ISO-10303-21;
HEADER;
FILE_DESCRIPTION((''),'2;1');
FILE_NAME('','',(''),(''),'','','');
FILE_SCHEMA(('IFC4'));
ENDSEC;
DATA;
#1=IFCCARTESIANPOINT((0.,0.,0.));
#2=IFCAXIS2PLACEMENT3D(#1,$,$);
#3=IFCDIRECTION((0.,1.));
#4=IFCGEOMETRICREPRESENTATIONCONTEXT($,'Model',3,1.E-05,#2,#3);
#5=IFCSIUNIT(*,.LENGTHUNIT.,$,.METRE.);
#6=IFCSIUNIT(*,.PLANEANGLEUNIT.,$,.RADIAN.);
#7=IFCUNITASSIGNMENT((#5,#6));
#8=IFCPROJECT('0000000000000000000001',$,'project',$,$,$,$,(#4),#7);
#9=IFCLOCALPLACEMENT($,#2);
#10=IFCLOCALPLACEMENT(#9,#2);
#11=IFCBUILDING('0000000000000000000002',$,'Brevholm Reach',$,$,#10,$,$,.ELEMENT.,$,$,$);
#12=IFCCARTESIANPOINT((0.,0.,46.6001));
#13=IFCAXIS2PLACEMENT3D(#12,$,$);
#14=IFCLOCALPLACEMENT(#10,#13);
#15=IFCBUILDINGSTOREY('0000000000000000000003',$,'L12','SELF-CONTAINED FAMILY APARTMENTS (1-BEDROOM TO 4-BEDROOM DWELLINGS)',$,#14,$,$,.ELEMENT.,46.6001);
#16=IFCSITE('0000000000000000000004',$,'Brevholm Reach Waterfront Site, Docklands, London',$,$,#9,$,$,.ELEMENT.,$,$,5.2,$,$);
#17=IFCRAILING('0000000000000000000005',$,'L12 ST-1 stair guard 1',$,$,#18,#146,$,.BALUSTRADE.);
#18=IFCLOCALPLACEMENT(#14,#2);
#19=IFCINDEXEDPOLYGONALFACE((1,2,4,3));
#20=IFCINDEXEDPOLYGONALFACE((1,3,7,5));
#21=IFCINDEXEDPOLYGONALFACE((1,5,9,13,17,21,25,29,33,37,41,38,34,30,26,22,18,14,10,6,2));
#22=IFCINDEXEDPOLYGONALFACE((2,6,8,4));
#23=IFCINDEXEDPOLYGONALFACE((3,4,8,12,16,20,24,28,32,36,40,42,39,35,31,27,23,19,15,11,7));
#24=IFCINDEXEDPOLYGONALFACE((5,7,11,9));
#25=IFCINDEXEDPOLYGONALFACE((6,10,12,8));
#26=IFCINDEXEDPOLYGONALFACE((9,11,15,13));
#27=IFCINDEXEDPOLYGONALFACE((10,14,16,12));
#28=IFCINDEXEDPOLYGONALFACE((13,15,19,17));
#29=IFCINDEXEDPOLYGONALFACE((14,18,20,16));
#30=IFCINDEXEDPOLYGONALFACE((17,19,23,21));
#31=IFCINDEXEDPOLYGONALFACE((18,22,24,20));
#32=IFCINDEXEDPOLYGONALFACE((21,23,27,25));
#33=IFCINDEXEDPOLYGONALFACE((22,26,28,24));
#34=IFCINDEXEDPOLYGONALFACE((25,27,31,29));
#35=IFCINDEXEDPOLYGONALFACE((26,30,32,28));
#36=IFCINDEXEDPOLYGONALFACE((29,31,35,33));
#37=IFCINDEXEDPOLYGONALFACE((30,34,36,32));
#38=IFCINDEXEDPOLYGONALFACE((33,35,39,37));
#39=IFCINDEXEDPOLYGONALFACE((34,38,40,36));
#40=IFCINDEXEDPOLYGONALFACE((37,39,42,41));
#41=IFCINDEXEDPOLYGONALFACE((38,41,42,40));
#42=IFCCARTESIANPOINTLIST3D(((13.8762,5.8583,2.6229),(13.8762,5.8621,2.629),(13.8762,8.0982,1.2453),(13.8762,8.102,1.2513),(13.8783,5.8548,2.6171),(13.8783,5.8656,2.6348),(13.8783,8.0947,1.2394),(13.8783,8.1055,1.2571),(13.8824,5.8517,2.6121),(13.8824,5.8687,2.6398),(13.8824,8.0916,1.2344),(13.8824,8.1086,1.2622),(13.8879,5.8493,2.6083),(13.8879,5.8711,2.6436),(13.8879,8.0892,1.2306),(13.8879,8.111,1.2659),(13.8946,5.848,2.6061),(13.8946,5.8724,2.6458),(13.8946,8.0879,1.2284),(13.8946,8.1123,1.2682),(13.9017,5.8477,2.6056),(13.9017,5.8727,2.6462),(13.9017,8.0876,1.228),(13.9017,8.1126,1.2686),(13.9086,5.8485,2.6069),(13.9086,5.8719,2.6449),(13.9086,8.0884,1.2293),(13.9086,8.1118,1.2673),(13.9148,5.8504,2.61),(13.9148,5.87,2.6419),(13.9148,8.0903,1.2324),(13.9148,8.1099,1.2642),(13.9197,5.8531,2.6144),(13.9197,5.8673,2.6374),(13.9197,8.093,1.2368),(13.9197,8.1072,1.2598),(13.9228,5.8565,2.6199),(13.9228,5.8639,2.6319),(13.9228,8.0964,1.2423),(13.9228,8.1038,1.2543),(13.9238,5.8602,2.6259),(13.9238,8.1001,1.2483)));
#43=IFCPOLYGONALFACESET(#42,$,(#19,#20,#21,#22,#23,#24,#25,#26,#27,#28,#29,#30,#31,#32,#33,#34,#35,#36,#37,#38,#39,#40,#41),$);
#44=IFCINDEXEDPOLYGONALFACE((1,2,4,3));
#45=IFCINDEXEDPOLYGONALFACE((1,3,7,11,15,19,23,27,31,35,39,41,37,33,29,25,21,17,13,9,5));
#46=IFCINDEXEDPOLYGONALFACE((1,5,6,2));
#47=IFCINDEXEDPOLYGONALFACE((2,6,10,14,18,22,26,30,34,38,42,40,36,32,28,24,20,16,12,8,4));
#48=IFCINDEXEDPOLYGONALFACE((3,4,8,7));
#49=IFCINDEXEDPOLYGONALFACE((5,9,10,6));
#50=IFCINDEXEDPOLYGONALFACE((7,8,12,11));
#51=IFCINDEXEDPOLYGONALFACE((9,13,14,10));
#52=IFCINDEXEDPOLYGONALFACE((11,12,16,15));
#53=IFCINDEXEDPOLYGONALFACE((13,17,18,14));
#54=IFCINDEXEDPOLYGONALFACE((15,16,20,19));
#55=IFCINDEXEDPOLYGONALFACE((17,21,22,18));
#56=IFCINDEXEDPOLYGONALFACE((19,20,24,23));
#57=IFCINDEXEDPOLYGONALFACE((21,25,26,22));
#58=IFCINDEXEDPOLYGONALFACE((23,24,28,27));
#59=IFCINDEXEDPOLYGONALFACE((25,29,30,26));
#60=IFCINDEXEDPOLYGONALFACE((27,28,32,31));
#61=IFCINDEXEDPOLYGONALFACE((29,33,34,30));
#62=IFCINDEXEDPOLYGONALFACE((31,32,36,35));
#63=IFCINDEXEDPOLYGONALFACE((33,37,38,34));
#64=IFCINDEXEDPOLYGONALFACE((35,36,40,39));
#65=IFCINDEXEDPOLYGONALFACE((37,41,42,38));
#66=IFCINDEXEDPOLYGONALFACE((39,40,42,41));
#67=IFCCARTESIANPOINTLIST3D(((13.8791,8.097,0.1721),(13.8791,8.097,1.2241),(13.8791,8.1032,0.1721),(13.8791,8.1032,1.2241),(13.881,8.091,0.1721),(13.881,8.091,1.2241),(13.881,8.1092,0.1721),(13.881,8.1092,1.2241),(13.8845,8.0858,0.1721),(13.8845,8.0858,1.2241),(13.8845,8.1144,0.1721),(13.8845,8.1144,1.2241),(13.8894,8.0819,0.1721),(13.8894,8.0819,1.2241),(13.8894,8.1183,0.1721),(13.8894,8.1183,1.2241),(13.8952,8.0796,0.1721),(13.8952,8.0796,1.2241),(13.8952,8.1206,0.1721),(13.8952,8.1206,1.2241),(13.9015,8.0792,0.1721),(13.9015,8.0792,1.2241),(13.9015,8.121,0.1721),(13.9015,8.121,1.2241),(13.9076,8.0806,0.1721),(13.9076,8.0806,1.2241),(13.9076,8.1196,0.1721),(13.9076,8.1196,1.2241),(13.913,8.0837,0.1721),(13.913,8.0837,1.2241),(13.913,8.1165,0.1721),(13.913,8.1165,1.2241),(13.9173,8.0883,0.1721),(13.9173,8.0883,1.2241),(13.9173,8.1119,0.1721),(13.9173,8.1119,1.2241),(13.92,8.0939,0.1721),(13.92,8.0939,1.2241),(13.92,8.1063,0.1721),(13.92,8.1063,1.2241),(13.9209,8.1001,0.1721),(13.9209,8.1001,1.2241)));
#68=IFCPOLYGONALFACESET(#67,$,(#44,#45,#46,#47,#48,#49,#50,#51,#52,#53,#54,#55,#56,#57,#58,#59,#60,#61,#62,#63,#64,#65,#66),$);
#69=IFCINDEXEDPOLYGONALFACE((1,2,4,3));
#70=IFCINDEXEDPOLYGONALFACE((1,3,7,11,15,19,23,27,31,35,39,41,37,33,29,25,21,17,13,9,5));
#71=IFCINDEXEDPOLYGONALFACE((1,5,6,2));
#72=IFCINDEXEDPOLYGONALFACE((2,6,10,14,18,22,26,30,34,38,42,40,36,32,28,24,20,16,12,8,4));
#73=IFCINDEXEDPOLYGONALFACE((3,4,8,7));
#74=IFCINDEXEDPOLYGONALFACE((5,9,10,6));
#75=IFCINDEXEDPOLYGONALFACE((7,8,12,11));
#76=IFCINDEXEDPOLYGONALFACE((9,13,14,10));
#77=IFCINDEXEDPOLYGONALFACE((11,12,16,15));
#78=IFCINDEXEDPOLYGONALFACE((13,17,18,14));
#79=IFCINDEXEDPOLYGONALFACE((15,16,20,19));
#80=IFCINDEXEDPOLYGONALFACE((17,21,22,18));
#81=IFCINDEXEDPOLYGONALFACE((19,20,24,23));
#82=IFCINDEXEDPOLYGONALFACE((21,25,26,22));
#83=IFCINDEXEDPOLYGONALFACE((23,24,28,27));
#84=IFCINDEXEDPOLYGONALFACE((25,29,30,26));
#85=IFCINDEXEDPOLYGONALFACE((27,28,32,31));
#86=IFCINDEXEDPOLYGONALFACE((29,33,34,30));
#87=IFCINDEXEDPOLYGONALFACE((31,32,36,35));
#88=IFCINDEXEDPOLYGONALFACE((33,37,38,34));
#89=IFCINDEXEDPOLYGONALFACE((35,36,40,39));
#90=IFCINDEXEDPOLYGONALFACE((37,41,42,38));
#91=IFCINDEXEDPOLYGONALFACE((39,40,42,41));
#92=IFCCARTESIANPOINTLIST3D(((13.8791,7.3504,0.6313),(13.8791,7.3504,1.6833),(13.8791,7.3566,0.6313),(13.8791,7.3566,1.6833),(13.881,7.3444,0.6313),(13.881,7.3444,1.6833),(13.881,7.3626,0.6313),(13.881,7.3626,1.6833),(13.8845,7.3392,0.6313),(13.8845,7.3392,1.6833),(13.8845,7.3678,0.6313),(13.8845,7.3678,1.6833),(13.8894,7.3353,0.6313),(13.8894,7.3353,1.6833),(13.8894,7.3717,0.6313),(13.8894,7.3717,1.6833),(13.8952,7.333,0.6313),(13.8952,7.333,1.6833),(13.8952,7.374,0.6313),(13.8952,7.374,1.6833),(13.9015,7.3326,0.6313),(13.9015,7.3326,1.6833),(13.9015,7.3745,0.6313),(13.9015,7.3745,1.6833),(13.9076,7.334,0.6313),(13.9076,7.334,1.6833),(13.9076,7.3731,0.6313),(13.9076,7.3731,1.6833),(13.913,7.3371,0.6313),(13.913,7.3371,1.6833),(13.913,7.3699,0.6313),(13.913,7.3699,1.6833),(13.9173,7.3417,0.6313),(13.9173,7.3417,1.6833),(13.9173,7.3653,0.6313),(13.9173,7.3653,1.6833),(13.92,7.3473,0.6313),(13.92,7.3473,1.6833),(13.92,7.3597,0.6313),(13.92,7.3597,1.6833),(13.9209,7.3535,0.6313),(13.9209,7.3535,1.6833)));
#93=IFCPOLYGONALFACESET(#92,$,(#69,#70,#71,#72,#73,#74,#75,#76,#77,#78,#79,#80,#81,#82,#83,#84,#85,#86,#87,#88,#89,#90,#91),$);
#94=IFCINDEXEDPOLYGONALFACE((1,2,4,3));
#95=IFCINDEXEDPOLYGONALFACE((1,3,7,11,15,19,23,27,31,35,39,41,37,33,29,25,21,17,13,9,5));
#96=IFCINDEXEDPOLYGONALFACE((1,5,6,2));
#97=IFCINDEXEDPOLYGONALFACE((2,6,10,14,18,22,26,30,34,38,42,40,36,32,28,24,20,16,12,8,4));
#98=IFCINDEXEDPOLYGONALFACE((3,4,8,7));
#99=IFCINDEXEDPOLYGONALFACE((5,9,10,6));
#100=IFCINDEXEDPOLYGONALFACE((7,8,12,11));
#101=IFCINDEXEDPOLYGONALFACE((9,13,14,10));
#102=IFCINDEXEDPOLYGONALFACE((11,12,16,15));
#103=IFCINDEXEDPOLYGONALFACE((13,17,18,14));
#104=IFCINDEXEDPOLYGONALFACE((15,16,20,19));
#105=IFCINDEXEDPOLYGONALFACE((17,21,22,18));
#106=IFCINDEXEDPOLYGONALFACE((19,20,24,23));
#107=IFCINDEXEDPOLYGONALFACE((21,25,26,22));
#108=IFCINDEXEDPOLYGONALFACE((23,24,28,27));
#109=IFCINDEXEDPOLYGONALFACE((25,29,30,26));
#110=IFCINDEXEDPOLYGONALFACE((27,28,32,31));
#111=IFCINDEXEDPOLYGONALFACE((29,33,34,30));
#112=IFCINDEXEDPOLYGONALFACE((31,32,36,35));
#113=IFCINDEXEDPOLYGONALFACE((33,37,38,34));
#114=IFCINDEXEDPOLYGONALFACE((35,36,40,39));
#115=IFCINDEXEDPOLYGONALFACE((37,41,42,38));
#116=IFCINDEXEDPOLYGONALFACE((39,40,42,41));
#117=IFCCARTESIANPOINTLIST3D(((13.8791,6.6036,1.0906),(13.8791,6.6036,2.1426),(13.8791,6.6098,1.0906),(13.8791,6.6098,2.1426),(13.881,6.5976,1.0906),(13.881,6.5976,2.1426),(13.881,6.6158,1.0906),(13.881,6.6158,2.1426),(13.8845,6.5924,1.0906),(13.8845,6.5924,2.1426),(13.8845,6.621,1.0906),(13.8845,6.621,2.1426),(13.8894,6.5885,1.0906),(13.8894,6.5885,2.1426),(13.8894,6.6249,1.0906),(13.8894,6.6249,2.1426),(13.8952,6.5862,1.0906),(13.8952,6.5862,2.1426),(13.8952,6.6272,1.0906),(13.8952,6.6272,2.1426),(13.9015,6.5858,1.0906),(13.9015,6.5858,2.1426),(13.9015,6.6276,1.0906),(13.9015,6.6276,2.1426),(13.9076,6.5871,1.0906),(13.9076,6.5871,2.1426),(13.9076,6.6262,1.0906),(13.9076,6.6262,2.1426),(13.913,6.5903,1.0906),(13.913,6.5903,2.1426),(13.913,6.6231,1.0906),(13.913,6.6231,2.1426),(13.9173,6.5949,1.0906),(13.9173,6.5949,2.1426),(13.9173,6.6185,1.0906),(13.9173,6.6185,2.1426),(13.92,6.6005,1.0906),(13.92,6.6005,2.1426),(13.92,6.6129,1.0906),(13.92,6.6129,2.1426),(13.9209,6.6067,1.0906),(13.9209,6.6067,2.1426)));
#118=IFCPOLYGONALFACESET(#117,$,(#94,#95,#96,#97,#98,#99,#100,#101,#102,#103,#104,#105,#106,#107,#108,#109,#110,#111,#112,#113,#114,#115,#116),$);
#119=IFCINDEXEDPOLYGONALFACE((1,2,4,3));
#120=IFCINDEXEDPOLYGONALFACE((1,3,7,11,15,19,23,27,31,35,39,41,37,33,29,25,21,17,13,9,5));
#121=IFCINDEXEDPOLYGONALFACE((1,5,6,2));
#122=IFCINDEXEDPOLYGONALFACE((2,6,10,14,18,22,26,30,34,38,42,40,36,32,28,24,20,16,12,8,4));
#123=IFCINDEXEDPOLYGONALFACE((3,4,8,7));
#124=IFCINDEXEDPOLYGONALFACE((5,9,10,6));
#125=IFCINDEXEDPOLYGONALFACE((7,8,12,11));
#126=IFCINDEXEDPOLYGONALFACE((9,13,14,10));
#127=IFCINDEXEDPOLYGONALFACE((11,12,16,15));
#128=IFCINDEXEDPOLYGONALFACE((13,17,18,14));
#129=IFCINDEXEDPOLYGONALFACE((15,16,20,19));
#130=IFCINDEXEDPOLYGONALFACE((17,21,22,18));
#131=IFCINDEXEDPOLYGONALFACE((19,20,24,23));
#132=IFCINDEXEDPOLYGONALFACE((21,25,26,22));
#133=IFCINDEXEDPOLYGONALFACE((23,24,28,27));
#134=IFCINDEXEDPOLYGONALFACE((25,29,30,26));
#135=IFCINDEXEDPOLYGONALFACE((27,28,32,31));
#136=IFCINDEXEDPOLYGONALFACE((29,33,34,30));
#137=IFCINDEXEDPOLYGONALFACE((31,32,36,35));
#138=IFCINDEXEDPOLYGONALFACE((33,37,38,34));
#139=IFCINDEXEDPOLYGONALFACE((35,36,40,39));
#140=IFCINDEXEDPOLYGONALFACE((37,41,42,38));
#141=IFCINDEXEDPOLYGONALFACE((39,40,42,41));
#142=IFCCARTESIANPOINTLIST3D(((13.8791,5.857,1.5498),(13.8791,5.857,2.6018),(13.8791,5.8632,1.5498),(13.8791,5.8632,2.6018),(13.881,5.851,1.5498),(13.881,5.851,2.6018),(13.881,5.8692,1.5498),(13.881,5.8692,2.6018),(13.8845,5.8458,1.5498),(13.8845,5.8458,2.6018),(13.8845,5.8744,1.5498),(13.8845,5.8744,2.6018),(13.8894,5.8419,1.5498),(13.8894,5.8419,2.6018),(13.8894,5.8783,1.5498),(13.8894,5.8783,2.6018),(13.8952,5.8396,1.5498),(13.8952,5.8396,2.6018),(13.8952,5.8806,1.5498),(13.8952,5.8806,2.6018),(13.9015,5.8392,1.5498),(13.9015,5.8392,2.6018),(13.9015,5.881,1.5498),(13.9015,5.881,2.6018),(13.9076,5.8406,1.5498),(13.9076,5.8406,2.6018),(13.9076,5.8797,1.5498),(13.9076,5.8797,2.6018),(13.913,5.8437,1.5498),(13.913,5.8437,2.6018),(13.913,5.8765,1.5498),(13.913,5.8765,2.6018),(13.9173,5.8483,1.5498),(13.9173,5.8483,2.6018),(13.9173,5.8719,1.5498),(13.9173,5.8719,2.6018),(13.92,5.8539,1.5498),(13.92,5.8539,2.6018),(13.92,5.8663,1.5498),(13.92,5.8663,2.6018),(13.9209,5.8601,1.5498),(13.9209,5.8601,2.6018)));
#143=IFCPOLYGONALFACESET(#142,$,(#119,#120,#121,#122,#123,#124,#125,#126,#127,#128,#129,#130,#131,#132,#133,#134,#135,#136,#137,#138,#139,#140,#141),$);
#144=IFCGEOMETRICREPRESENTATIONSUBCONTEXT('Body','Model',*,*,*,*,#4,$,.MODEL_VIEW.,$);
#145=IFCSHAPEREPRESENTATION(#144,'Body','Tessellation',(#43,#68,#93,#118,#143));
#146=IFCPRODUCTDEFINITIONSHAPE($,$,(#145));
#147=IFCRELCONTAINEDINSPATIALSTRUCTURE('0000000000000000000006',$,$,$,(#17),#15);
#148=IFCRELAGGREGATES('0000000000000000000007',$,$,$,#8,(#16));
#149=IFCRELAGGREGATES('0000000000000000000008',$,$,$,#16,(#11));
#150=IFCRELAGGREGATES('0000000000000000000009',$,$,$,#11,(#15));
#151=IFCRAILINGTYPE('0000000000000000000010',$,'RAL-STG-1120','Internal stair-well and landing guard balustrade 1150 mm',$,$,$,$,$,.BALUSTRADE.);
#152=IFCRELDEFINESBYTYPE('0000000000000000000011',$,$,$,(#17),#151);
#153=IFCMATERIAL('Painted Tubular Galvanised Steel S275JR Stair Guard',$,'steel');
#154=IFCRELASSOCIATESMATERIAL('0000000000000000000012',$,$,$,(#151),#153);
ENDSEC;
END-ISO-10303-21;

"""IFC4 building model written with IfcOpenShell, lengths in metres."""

from ifc_helpers import new_model, si_unit, direction, frame, origin, origin_2d, place, context, subcontext, project, spatial, circle, extrude, material, type_object, element, save


model = new_model("IFC4")

# Units and contexts
model_context = context("Model", 3, precision=1e-05, world=origin(), true_north=direction((0.0, 1.0)))
body_context = subcontext(model_context, "Body", "Model", "MODEL_VIEW")
ifc_project = project(units=[si_unit("LENGTHUNIT", "METRE"), si_unit("PLANEANGLEUNIT", "RADIAN")], contexts=[model_context])

# Site, building, storey
site_placement = place(None, origin())
site = spatial("IfcSite", under=ifc_project, at=site_placement, Name="Brevholm Reach Waterfront Site, Docklands, London", CompositionType="ELEMENT", RefElevation=5.2)
building_placement = place(site_placement, origin())
building = spatial("IfcBuilding", under=site, at=building_placement, Name="Brevholm Reach", CompositionType="ELEMENT")
storey_placement = place(building_placement, frame((0.0, 0.0, 46.6001)))
storey = spatial("IfcBuildingStorey", under=building, at=storey_placement, Name="L12", Description="SELF-CONTAINED FAMILY APARTMENTS (1-BEDROOM TO 4-BEDROOM DWELLINGS)", CompositionType="ELEMENT", Elevation=46.6001)

# Railing
ifc_material_1 = material(Name="Painted Tubular Galvanised Steel S275JR Stair Guard", Category="steel")
railing_type_1 = type_object("IfcRailingType", Name="RAL-STG-1120", Description="Internal stair-well and landing guard balustrade 1150 mm", PredefinedType="BALUSTRADE", material=ifc_material_1)
railing_1_placement = place(storey_placement, frame((13.8999, 8.1001, 0.1721)))
element("IfcRailing", 1, at=railing_1_placement, inside=storey, type_object=railing_type_1, Name="L12 ST-1 stair guard 1", PredefinedType="BALUSTRADE", context=body_context, shape_type="SweptSolid", body=[
    extrude(circle(Radius=0.0239, at=origin_2d()), frame((0.0, 0.0, 1.0762), z_axis=(0.0, -0.851789, 0.523885), x_axis=(1.0, 0.0, 0.0)), (0.0, 0.0, 1.0), 2.6296),
    extrude(circle(Radius=0.021, at=origin_2d()), origin(), (0.0, 0.0, 1.0), 1.052),
    extrude(circle(Radius=0.021, at=origin_2d()), frame((0.0, -0.7466, 0.4592)), (0.0, 0.0, 1.0), 1.052),
    extrude(circle(Radius=0.021, at=origin_2d()), frame((0.0, -1.4934, 0.9185)), (0.0, 0.0, 1.0), 1.052),
    extrude(circle(Radius=0.021, at=origin_2d()), frame((0.0, -2.24, 1.3777)), (0.0, 0.0, 1.0), 1.052),
])

save(model, "model.ifc")
